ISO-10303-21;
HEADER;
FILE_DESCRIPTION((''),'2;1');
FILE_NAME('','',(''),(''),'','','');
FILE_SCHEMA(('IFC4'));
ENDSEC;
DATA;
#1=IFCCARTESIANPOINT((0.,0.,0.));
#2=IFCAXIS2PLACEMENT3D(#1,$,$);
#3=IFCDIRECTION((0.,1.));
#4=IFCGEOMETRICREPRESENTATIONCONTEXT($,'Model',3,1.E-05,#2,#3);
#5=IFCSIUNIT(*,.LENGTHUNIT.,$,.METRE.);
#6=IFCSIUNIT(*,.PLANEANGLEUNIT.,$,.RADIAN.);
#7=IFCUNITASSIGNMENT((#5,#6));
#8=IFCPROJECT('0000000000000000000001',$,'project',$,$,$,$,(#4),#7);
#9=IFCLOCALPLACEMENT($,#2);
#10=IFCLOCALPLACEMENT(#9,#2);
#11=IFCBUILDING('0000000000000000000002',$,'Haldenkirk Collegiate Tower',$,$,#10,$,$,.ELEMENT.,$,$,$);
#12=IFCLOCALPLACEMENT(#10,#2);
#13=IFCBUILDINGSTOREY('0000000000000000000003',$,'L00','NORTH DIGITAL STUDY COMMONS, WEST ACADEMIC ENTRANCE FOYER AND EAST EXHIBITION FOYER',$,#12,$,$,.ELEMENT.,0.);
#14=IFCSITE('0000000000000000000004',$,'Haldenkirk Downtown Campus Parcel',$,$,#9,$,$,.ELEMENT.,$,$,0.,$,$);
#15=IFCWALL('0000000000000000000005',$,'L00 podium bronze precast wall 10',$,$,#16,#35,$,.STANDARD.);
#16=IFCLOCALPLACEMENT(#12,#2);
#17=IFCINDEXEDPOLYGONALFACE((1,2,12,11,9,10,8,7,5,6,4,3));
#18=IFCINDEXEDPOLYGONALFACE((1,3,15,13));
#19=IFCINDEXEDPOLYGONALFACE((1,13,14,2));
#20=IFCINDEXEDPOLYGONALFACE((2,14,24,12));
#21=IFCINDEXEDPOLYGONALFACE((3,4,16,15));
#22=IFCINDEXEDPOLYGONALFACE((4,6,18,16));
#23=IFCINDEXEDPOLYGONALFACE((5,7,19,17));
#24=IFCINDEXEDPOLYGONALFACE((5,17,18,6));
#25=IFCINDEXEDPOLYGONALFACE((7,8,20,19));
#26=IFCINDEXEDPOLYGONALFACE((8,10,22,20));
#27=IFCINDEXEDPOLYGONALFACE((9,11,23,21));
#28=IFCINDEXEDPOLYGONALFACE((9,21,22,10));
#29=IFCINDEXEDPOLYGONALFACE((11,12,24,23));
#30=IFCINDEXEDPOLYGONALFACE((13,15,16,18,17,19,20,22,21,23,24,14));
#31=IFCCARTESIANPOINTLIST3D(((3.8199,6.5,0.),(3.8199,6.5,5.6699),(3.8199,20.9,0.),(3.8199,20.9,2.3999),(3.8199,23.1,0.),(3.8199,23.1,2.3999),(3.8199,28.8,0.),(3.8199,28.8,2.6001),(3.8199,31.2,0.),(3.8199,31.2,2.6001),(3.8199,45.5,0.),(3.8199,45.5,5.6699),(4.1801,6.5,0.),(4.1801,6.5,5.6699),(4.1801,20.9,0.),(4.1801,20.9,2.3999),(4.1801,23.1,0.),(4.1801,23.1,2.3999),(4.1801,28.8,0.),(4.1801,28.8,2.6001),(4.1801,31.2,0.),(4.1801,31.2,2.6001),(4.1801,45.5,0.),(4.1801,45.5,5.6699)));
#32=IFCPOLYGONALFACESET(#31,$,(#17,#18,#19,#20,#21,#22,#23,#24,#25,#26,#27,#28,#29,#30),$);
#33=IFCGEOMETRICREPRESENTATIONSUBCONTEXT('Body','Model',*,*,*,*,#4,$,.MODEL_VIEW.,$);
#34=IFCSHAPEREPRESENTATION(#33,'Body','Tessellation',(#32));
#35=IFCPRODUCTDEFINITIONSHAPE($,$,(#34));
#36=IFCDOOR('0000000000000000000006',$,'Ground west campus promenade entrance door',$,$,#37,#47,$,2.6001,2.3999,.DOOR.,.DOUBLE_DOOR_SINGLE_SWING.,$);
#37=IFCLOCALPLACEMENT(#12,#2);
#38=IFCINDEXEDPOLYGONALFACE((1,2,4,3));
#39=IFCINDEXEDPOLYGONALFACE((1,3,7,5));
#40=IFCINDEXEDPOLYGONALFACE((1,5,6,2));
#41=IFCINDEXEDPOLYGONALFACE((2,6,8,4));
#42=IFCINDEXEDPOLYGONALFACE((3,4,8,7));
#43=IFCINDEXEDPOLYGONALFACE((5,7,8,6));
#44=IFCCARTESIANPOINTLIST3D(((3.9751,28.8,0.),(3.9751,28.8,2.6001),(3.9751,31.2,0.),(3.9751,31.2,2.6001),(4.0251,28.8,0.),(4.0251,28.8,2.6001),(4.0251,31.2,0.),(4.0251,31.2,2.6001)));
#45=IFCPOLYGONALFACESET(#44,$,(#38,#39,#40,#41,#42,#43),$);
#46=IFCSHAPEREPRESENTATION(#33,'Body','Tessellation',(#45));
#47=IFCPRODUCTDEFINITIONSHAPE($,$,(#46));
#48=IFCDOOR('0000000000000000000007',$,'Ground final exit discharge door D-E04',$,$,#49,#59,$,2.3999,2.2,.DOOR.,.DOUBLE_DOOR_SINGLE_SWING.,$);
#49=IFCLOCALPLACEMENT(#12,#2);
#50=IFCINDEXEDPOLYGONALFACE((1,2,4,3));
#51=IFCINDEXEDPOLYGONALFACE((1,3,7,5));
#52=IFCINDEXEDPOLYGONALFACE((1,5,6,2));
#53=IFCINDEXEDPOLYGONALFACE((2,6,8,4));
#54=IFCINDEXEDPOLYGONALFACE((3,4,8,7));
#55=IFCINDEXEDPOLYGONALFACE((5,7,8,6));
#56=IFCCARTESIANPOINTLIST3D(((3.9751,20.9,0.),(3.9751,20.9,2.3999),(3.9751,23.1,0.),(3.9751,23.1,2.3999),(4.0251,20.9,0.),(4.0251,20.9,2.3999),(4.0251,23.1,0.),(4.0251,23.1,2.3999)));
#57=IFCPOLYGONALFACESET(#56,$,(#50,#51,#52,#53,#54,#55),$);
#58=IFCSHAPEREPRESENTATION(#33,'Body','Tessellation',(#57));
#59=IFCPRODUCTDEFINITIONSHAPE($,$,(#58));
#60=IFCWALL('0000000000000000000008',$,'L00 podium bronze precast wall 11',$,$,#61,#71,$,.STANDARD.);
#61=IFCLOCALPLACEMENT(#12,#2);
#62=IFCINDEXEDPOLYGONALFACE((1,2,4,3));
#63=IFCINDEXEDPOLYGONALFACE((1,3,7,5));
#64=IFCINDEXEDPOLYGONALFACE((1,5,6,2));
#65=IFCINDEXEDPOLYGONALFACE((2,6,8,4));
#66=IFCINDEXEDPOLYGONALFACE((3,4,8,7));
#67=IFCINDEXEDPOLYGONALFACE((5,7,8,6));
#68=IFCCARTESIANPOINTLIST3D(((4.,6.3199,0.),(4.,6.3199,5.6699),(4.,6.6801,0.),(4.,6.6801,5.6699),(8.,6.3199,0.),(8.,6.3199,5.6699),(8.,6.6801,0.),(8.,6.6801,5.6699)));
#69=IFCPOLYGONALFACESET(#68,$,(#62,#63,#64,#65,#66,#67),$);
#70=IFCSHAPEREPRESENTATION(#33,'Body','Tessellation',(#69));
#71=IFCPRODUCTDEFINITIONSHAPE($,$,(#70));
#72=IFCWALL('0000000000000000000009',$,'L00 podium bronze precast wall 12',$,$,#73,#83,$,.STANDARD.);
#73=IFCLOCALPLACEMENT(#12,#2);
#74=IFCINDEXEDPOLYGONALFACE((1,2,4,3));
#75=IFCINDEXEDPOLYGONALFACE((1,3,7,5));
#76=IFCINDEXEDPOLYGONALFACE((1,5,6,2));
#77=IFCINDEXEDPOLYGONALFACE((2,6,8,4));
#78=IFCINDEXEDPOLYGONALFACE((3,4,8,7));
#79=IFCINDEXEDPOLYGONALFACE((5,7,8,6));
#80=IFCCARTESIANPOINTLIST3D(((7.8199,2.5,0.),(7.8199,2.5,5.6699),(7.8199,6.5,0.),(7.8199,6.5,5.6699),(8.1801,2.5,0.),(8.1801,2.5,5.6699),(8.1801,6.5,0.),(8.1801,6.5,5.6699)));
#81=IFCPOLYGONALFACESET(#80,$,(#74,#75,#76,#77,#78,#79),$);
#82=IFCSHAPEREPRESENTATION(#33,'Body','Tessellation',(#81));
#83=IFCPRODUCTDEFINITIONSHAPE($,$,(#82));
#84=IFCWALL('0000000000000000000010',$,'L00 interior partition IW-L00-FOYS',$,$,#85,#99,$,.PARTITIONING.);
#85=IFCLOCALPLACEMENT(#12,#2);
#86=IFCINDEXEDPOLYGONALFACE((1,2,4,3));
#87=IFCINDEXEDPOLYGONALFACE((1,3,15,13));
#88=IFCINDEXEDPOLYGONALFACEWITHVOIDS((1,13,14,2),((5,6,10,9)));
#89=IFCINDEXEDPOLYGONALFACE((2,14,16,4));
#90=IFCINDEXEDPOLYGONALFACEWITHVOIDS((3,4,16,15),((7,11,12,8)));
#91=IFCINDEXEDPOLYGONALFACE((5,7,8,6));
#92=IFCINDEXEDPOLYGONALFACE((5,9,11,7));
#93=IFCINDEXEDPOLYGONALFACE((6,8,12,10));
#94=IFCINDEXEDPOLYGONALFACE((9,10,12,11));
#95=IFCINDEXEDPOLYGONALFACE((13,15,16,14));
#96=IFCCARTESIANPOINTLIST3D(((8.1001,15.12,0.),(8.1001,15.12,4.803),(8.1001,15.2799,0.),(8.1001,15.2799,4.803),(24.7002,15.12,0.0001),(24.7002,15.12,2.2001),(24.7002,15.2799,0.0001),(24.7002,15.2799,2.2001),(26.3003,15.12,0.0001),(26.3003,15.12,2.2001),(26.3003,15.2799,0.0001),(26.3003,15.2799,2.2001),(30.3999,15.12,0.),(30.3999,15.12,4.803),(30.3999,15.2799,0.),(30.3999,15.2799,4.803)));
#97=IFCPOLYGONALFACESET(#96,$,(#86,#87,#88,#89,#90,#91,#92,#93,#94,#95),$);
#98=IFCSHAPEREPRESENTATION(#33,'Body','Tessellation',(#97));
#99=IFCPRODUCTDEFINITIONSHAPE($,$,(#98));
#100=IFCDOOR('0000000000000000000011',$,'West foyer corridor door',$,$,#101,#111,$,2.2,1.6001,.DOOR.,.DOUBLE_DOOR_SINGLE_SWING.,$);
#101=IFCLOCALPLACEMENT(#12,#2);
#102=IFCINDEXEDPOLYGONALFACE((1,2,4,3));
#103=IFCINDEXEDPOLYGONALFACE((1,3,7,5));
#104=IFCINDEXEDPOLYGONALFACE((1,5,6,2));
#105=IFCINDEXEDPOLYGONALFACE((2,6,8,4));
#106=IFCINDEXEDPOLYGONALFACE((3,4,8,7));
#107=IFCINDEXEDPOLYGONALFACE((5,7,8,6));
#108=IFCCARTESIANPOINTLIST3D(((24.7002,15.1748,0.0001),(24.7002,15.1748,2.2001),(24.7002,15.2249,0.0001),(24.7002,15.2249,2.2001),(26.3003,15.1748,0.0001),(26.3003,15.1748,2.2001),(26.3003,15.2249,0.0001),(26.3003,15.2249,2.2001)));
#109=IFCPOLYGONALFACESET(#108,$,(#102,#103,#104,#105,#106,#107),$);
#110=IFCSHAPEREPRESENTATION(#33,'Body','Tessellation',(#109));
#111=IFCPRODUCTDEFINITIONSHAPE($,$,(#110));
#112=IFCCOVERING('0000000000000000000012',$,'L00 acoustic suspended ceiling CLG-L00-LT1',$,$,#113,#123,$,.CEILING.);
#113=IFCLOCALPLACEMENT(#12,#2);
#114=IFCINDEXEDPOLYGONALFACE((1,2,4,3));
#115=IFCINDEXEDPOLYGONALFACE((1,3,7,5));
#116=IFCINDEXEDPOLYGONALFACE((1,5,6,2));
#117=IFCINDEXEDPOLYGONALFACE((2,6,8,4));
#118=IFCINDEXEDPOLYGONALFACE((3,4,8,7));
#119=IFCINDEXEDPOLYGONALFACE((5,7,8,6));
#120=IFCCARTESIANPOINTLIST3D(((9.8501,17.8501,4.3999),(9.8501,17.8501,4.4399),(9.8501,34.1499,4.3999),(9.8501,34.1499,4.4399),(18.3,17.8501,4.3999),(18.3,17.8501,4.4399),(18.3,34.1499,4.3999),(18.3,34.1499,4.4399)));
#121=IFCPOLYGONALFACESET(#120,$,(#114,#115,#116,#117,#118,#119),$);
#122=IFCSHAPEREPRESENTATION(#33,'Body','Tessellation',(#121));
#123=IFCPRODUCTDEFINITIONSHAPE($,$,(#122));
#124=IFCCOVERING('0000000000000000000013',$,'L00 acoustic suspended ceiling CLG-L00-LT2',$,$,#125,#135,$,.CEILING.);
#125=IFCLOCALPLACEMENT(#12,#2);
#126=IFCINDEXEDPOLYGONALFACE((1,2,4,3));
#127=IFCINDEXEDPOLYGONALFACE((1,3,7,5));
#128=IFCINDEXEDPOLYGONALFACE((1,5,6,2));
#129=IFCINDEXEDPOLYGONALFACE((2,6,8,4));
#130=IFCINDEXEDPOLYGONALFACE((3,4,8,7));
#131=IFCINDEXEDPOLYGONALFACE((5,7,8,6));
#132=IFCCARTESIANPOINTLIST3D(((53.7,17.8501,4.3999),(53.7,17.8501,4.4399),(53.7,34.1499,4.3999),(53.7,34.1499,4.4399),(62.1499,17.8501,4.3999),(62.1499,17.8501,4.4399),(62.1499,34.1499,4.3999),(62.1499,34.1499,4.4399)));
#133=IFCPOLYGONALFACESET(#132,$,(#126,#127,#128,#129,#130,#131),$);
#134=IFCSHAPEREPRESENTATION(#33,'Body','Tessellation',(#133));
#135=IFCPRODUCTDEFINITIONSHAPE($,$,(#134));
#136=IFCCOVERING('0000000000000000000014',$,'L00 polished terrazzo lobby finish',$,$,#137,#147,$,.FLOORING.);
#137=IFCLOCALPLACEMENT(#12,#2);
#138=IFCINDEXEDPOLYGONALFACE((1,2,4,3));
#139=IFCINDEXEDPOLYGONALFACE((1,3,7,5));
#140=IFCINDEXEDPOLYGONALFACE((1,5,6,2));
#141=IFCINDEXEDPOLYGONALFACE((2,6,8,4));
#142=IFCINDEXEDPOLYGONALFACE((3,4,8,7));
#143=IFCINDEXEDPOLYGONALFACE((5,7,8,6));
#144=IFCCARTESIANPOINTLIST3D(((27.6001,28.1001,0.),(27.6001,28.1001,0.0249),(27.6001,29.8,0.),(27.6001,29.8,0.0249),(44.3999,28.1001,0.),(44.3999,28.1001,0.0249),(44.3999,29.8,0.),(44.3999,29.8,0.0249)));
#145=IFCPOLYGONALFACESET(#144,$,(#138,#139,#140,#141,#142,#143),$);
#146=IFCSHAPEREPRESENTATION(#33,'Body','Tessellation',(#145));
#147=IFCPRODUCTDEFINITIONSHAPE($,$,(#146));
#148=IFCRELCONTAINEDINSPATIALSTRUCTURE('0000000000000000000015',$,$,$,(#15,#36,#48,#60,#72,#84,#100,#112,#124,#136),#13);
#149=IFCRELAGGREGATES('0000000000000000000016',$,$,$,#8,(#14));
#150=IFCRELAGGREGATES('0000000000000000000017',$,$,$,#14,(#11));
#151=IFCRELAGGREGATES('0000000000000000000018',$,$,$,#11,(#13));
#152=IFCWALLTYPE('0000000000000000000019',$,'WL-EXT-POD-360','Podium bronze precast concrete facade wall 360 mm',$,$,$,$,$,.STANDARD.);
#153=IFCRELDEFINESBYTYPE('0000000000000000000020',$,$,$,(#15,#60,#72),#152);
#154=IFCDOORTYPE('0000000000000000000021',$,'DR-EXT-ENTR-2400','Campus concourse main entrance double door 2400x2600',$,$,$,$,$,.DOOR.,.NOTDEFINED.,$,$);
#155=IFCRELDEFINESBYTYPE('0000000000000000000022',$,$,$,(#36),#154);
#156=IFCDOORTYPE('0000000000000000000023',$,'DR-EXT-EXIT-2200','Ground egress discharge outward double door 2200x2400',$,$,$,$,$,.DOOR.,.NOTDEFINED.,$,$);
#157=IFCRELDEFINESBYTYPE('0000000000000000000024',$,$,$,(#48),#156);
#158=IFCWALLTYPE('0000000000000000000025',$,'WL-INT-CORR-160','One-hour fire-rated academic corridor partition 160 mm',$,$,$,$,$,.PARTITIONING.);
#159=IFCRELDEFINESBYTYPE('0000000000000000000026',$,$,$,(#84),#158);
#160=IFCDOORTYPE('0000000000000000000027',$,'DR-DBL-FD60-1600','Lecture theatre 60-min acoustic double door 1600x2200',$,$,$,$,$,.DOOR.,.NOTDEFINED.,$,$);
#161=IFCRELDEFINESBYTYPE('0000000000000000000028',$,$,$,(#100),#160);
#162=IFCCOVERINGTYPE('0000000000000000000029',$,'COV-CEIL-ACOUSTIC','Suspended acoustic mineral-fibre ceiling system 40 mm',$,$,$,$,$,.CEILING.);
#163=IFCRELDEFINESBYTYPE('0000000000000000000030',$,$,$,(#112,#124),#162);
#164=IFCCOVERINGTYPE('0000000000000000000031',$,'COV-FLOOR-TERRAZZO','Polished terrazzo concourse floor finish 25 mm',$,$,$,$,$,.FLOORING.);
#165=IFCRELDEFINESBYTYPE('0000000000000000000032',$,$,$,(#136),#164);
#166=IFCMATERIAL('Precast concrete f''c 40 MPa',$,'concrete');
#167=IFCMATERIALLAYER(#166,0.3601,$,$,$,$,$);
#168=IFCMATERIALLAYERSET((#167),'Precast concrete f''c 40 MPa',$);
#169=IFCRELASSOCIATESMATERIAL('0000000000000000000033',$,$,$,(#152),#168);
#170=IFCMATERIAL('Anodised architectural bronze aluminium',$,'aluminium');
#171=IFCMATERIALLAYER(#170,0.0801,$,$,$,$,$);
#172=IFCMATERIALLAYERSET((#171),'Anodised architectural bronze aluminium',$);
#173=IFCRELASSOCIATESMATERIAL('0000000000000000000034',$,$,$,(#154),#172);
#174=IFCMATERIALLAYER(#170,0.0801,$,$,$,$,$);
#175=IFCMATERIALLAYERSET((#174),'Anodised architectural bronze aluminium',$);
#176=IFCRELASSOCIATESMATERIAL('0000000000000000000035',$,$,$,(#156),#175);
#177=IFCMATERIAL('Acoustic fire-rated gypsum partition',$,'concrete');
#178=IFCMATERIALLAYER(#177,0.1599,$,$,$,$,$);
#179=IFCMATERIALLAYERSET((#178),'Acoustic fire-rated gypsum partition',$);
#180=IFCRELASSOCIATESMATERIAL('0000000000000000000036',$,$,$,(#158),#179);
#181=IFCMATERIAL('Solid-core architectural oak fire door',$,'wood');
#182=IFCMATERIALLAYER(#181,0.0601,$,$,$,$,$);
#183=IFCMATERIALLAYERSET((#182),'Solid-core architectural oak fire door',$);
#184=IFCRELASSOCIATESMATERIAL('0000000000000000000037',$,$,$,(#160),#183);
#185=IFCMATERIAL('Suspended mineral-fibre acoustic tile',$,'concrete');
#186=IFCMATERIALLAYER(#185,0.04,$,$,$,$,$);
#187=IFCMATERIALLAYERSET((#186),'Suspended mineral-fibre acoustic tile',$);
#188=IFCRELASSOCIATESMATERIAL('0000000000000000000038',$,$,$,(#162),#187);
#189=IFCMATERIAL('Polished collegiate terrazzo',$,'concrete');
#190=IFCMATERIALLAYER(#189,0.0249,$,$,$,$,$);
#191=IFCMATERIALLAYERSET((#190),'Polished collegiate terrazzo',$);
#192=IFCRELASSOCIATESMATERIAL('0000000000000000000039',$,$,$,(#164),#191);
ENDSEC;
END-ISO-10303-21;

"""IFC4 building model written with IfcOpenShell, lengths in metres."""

from ifc_helpers import new_model, si_unit, direction, frame, frame_2d, origin, place, context, subcontext, project, spatial, polyline, rectangle, outline, extrude, material, layer, layer_set, type_object, element, fill, save


model = new_model("IFC4")

# Units and contexts
model_context = context("Model", 3, precision=1e-05, world=origin(), true_north=direction((0.0, 1.0)))
body_context = subcontext(model_context, "Body", "Model", "MODEL_VIEW")
ifc_project = project(units=[si_unit("LENGTHUNIT", "METRE"), si_unit("PLANEANGLEUNIT", "RADIAN")], contexts=[model_context])

# Site, building, storey
site_placement = place(None, origin())
site = spatial("IfcSite", under=ifc_project, at=site_placement, Name="Haldenkirk Downtown Campus Parcel", CompositionType="ELEMENT", RefElevation=0.0)
building_placement = place(site_placement, origin())
building = spatial("IfcBuilding", under=site, at=building_placement, Name="Haldenkirk Collegiate Tower", CompositionType="ELEMENT")
storey_placement = place(building_placement, origin())
storey = spatial("IfcBuildingStorey", under=building, at=storey_placement, Name="L00", Description="NORTH DIGITAL STUDY COMMONS, WEST ACADEMIC ENTRANCE FOYER AND EAST EXHIBITION FOYER", CompositionType="ELEMENT", Elevation=0.0)

# Wall, openings, doors
ifc_material_1 = material(Name="Precast concrete f'c 40 MPa", Category="concrete")
ifc_layer_1 = layer(ifc_material_1, 0.3601)
ifc_layer_set_1 = layer_set([ifc_layer_1], Name="Precast concrete f'c 40 MPa")
wall_type_1 = type_object("IfcWallType", Name="WL-EXT-POD-360", Description="Podium bronze precast concrete facade wall 360 mm", PredefinedType="STANDARD", material=ifc_layer_set_1)
wall_1_placement = place(storey_placement, frame((4.0, 6.5, 0.0), z_axis=(0.0, 0.0, 1.0), x_axis=(0.0, 1.0, 0.0)))
wall_1 = element("IfcWall", 1, at=wall_1_placement, inside=storey, type_object=wall_type_1, Name="L00 podium bronze precast wall 10", PredefinedType="STANDARD", context=body_context, shape_type="SweptSolid", body=[
    extrude(rectangle(XDim=39.0, YDim=0.3601, at=frame_2d((19.5, 0.0))), origin(), (0.0, 0.0, 1.0), 5.6699),
])
opening_1_placement = place(wall_1_placement, frame((14.3999, 0.0, 0.0)))
opening_1 = element("IfcOpeningElement", 2, at=opening_1_placement, cuts=wall_1, PredefinedType="OPENING", context=body_context, shape_type="SweptSolid", body=[
    extrude(rectangle(XDim=2.2, YDim=2.3999, at=frame_2d((1.1001, 1.2))), frame((0.0, 0.1899, 0.0), z_axis=(0.0, -1.0, 0.0), x_axis=(1.0, 0.0, 0.0)), (0.0, 0.0, 1.0), 0.3801),
])
opening_2_placement = place(wall_1_placement, frame((22.3, 0.0, 0.0)))
opening_2 = element("IfcOpeningElement", 3, at=opening_2_placement, cuts=wall_1, PredefinedType="OPENING", context=body_context, shape_type="SweptSolid", body=[
    extrude(rectangle(XDim=2.3999, YDim=2.6001, at=frame_2d((1.2, 1.3))), frame((0.0, 0.1899, 0.0), z_axis=(0.0, -1.0, 0.0), x_axis=(1.0, 0.0, 0.0)), (0.0, 0.0, 1.0), 0.3801),
])
ifc_material_2 = material(Name="Anodised architectural bronze aluminium", Category="aluminium")
ifc_layer_2 = layer(ifc_material_2, 0.0801)
ifc_layer_set_2 = layer_set([ifc_layer_2], Name="Anodised architectural bronze aluminium")
door_type_1 = type_object("IfcDoorType", Name="DR-EXT-ENTR-2400", Description="Campus concourse main entrance double door 2400x2600", OperationType="NOTDEFINED", PredefinedType="DOOR", material=ifc_layer_set_2)
door_1_placement = place(opening_2_placement, origin())
door_1 = element("IfcDoor", 4, at=door_1_placement, inside=storey, type_object=door_type_1, Name="Ground west campus promenade entrance door", OperationType="DOUBLE_DOOR_SINGLE_SWING", OverallHeight=2.6001, OverallWidth=2.3999, PredefinedType="DOOR", context=body_context, shape_type="SweptSolid", body=[
    extrude(rectangle(XDim=2.3999, YDim=2.6001, at=frame_2d((1.2, 1.3))), frame((0.0, 0.0249, 0.0), z_axis=(0.0, -1.0, 0.0), x_axis=(1.0, 0.0, 0.0)), (0.0, 0.0, 1.0), 0.05),
])
fill(opening_2, door_1)
ifc_layer_3 = layer(ifc_material_2, 0.0801)
ifc_layer_set_3 = layer_set([ifc_layer_3], Name="Anodised architectural bronze aluminium")
door_type_2 = type_object("IfcDoorType", Name="DR-EXT-EXIT-2200", Description="Ground egress discharge outward double door 2200x2400", OperationType="NOTDEFINED", PredefinedType="DOOR", material=ifc_layer_set_3)
door_2_placement = place(opening_1_placement, origin())
door_2 = element("IfcDoor", 5, at=door_2_placement, inside=storey, type_object=door_type_2, Name="Ground final exit discharge door D-E04", OperationType="DOUBLE_DOOR_SINGLE_SWING", OverallHeight=2.3999, OverallWidth=2.2, PredefinedType="DOOR", context=body_context, shape_type="SweptSolid", body=[
    extrude(rectangle(XDim=2.2, YDim=2.3999, at=frame_2d((1.1001, 1.2))), frame((0.0, 0.0249, 0.0), z_axis=(0.0, -1.0, 0.0), x_axis=(1.0, 0.0, 0.0)), (0.0, 0.0, 1.0), 0.05),
])
fill(opening_1, door_2)

# Walls
for number, where, z_axis, x_axis, name in (
    (6, (8.0, 6.5, 0.0), (0.0, 0.0, 1.0), (-1.0, 0.0, 0.0), "L00 podium bronze precast wall 11"),
    (7, (8.0, 2.5, 0.0), (0.0, 0.0, 1.0), (0.0, 1.0, 0.0), "L00 podium bronze precast wall 12"),
):
    element("IfcWall", number, at=place(storey_placement, frame(where, z_axis=z_axis, x_axis=x_axis)), inside=storey, type_object=wall_type_1, Name=name, PredefinedType="STANDARD", context=body_context, shape_type="SweptSolid", body=[
        extrude(rectangle(XDim=4.0, YDim=0.3601, at=frame_2d((2.0, 0.0))), origin(), (0.0, 0.0, 1.0), 5.6699),
    ])

# Wall, opening, door
ifc_material_3 = material(Name="Acoustic fire-rated gypsum partition", Category="concrete")
ifc_layer_4 = layer(ifc_material_3, 0.1599)
ifc_layer_set_4 = layer_set([ifc_layer_4], Name="Acoustic fire-rated gypsum partition")
wall_type_2 = type_object("IfcWallType", Name="WL-INT-CORR-160", Description="One-hour fire-rated academic corridor partition 160 mm", PredefinedType="PARTITIONING", material=ifc_layer_set_4)
wall_2_placement = place(storey_placement, frame((8.1001, 15.2, 0.0), z_axis=(0.0, 0.0, 1.0), x_axis=(1.0, 0.0, 0.0)))
wall_2 = element("IfcWall", 8, at=wall_2_placement, inside=storey, type_object=wall_type_2, Name="L00 interior partition IW-L00-FOYS", PredefinedType="PARTITIONING", context=body_context, shape_type="SweptSolid", body=[
    extrude(rectangle(XDim=22.2998, YDim=0.1599, at=frame_2d((11.1499, 0.0))), origin(), (0.0, 0.0, 1.0), 4.803),
])
opening_3_placement = place(wall_2_placement, frame((16.6001, 0.0, 0.0)))
opening_3 = element("IfcOpeningElement", 9, at=opening_3_placement, cuts=wall_2, PredefinedType="OPENING", context=body_context, shape_type="SweptSolid", body=[
    extrude(rectangle(XDim=1.6001, YDim=2.2, at=frame_2d((0.8, 1.1001))), frame((0.0, 0.0898, 0.0), z_axis=(0.0, -1.0, 0.0), x_axis=(1.0, 0.0, 0.0)), (0.0, 0.0, 1.0), 0.1799),
])
ifc_material_4 = material(Name="Solid-core architectural oak fire door", Category="wood")
ifc_layer_5 = layer(ifc_material_4, 0.0601)
ifc_layer_set_5 = layer_set([ifc_layer_5], Name="Solid-core architectural oak fire door")
door_type_3 = type_object("IfcDoorType", Name="DR-DBL-FD60-1600", Description="Lecture theatre 60-min acoustic double door 1600x2200", OperationType="NOTDEFINED", PredefinedType="DOOR", material=ifc_layer_set_5)
door_3_placement = place(opening_3_placement, origin())
door_3 = element("IfcDoor", 10, at=door_3_placement, inside=storey, type_object=door_type_3, Name="West foyer corridor door", OperationType="DOUBLE_DOOR_SINGLE_SWING", OverallHeight=2.2, OverallWidth=1.6001, PredefinedType="DOOR", context=body_context, shape_type="SweptSolid", body=[
    extrude(rectangle(XDim=1.6001, YDim=2.2, at=frame_2d((0.8, 1.1001))), frame((0.0, 0.0249, 0.0), z_axis=(0.0, -1.0, 0.0), x_axis=(1.0, 0.0, 0.0)), (0.0, 0.0, 1.0), 0.05),
])
fill(opening_3, door_3)

# Coverings
ifc_material_5 = material(Name="Suspended mineral-fibre acoustic tile", Category="concrete")
ifc_layer_6 = layer(ifc_material_5, 0.04)
ifc_layer_set_6 = layer_set([ifc_layer_6], Name="Suspended mineral-fibre acoustic tile")
covering_type_1 = type_object("IfcCoveringType", Name="COV-CEIL-ACOUSTIC", Description="Suspended acoustic mineral-fibre ceiling system 40 mm", PredefinedType="CEILING", material=ifc_layer_set_6)
covering_1_placement = place(storey_placement, frame((0.0, 0.0, 4.3999)))
element("IfcCovering", 11, at=covering_1_placement, inside=storey, type_object=covering_type_1, Name="L00 acoustic suspended ceiling CLG-L00-LT1", PredefinedType="CEILING", context=body_context, shape_type="SweptSolid", body=[
    extrude(outline(polyline([(9.8501, 17.8501), (18.3, 17.8501), (18.3, 34.1499), (9.8501, 34.1499), (9.8501, 17.8501)])), origin(), (0.0, 0.0, 1.0), 0.04),
])
covering_2_placement = place(storey_placement, frame((0.0, 0.0, 4.3999)))
element("IfcCovering", 12, at=covering_2_placement, inside=storey, type_object=covering_type_1, Name="L00 acoustic suspended ceiling CLG-L00-LT2", PredefinedType="CEILING", context=body_context, shape_type="SweptSolid", body=[
    extrude(outline(polyline([(53.7, 17.8501), (62.1499, 17.8501), (62.1499, 34.1499), (53.7, 34.1499), (53.7, 17.8501)])), origin(), (0.0, 0.0, 1.0), 0.04),
])
ifc_material_6 = material(Name="Polished collegiate terrazzo", Category="concrete")
ifc_layer_7 = layer(ifc_material_6, 0.0249)
ifc_layer_set_7 = layer_set([ifc_layer_7], Name="Polished collegiate terrazzo")
covering_type_2 = type_object("IfcCoveringType", Name="COV-FLOOR-TERRAZZO", Description="Polished terrazzo concourse floor finish 25 mm", PredefinedType="FLOORING", material=ifc_layer_set_7)
covering_3_placement = place(storey_placement, origin())
element("IfcCovering", 13, at=covering_3_placement, inside=storey, type_object=covering_type_2, Name="L00 polished terrazzo lobby finish", PredefinedType="FLOORING", context=body_context, shape_type="SweptSolid", body=[
    extrude(outline(polyline([(27.6001, 28.1001), (44.3999, 28.1001), (44.3999, 29.8), (27.6001, 29.8), (27.6001, 28.1001)])), origin(), (0.0, 0.0, 1.0), 0.0249),
])

save(model, "model.ifc")
